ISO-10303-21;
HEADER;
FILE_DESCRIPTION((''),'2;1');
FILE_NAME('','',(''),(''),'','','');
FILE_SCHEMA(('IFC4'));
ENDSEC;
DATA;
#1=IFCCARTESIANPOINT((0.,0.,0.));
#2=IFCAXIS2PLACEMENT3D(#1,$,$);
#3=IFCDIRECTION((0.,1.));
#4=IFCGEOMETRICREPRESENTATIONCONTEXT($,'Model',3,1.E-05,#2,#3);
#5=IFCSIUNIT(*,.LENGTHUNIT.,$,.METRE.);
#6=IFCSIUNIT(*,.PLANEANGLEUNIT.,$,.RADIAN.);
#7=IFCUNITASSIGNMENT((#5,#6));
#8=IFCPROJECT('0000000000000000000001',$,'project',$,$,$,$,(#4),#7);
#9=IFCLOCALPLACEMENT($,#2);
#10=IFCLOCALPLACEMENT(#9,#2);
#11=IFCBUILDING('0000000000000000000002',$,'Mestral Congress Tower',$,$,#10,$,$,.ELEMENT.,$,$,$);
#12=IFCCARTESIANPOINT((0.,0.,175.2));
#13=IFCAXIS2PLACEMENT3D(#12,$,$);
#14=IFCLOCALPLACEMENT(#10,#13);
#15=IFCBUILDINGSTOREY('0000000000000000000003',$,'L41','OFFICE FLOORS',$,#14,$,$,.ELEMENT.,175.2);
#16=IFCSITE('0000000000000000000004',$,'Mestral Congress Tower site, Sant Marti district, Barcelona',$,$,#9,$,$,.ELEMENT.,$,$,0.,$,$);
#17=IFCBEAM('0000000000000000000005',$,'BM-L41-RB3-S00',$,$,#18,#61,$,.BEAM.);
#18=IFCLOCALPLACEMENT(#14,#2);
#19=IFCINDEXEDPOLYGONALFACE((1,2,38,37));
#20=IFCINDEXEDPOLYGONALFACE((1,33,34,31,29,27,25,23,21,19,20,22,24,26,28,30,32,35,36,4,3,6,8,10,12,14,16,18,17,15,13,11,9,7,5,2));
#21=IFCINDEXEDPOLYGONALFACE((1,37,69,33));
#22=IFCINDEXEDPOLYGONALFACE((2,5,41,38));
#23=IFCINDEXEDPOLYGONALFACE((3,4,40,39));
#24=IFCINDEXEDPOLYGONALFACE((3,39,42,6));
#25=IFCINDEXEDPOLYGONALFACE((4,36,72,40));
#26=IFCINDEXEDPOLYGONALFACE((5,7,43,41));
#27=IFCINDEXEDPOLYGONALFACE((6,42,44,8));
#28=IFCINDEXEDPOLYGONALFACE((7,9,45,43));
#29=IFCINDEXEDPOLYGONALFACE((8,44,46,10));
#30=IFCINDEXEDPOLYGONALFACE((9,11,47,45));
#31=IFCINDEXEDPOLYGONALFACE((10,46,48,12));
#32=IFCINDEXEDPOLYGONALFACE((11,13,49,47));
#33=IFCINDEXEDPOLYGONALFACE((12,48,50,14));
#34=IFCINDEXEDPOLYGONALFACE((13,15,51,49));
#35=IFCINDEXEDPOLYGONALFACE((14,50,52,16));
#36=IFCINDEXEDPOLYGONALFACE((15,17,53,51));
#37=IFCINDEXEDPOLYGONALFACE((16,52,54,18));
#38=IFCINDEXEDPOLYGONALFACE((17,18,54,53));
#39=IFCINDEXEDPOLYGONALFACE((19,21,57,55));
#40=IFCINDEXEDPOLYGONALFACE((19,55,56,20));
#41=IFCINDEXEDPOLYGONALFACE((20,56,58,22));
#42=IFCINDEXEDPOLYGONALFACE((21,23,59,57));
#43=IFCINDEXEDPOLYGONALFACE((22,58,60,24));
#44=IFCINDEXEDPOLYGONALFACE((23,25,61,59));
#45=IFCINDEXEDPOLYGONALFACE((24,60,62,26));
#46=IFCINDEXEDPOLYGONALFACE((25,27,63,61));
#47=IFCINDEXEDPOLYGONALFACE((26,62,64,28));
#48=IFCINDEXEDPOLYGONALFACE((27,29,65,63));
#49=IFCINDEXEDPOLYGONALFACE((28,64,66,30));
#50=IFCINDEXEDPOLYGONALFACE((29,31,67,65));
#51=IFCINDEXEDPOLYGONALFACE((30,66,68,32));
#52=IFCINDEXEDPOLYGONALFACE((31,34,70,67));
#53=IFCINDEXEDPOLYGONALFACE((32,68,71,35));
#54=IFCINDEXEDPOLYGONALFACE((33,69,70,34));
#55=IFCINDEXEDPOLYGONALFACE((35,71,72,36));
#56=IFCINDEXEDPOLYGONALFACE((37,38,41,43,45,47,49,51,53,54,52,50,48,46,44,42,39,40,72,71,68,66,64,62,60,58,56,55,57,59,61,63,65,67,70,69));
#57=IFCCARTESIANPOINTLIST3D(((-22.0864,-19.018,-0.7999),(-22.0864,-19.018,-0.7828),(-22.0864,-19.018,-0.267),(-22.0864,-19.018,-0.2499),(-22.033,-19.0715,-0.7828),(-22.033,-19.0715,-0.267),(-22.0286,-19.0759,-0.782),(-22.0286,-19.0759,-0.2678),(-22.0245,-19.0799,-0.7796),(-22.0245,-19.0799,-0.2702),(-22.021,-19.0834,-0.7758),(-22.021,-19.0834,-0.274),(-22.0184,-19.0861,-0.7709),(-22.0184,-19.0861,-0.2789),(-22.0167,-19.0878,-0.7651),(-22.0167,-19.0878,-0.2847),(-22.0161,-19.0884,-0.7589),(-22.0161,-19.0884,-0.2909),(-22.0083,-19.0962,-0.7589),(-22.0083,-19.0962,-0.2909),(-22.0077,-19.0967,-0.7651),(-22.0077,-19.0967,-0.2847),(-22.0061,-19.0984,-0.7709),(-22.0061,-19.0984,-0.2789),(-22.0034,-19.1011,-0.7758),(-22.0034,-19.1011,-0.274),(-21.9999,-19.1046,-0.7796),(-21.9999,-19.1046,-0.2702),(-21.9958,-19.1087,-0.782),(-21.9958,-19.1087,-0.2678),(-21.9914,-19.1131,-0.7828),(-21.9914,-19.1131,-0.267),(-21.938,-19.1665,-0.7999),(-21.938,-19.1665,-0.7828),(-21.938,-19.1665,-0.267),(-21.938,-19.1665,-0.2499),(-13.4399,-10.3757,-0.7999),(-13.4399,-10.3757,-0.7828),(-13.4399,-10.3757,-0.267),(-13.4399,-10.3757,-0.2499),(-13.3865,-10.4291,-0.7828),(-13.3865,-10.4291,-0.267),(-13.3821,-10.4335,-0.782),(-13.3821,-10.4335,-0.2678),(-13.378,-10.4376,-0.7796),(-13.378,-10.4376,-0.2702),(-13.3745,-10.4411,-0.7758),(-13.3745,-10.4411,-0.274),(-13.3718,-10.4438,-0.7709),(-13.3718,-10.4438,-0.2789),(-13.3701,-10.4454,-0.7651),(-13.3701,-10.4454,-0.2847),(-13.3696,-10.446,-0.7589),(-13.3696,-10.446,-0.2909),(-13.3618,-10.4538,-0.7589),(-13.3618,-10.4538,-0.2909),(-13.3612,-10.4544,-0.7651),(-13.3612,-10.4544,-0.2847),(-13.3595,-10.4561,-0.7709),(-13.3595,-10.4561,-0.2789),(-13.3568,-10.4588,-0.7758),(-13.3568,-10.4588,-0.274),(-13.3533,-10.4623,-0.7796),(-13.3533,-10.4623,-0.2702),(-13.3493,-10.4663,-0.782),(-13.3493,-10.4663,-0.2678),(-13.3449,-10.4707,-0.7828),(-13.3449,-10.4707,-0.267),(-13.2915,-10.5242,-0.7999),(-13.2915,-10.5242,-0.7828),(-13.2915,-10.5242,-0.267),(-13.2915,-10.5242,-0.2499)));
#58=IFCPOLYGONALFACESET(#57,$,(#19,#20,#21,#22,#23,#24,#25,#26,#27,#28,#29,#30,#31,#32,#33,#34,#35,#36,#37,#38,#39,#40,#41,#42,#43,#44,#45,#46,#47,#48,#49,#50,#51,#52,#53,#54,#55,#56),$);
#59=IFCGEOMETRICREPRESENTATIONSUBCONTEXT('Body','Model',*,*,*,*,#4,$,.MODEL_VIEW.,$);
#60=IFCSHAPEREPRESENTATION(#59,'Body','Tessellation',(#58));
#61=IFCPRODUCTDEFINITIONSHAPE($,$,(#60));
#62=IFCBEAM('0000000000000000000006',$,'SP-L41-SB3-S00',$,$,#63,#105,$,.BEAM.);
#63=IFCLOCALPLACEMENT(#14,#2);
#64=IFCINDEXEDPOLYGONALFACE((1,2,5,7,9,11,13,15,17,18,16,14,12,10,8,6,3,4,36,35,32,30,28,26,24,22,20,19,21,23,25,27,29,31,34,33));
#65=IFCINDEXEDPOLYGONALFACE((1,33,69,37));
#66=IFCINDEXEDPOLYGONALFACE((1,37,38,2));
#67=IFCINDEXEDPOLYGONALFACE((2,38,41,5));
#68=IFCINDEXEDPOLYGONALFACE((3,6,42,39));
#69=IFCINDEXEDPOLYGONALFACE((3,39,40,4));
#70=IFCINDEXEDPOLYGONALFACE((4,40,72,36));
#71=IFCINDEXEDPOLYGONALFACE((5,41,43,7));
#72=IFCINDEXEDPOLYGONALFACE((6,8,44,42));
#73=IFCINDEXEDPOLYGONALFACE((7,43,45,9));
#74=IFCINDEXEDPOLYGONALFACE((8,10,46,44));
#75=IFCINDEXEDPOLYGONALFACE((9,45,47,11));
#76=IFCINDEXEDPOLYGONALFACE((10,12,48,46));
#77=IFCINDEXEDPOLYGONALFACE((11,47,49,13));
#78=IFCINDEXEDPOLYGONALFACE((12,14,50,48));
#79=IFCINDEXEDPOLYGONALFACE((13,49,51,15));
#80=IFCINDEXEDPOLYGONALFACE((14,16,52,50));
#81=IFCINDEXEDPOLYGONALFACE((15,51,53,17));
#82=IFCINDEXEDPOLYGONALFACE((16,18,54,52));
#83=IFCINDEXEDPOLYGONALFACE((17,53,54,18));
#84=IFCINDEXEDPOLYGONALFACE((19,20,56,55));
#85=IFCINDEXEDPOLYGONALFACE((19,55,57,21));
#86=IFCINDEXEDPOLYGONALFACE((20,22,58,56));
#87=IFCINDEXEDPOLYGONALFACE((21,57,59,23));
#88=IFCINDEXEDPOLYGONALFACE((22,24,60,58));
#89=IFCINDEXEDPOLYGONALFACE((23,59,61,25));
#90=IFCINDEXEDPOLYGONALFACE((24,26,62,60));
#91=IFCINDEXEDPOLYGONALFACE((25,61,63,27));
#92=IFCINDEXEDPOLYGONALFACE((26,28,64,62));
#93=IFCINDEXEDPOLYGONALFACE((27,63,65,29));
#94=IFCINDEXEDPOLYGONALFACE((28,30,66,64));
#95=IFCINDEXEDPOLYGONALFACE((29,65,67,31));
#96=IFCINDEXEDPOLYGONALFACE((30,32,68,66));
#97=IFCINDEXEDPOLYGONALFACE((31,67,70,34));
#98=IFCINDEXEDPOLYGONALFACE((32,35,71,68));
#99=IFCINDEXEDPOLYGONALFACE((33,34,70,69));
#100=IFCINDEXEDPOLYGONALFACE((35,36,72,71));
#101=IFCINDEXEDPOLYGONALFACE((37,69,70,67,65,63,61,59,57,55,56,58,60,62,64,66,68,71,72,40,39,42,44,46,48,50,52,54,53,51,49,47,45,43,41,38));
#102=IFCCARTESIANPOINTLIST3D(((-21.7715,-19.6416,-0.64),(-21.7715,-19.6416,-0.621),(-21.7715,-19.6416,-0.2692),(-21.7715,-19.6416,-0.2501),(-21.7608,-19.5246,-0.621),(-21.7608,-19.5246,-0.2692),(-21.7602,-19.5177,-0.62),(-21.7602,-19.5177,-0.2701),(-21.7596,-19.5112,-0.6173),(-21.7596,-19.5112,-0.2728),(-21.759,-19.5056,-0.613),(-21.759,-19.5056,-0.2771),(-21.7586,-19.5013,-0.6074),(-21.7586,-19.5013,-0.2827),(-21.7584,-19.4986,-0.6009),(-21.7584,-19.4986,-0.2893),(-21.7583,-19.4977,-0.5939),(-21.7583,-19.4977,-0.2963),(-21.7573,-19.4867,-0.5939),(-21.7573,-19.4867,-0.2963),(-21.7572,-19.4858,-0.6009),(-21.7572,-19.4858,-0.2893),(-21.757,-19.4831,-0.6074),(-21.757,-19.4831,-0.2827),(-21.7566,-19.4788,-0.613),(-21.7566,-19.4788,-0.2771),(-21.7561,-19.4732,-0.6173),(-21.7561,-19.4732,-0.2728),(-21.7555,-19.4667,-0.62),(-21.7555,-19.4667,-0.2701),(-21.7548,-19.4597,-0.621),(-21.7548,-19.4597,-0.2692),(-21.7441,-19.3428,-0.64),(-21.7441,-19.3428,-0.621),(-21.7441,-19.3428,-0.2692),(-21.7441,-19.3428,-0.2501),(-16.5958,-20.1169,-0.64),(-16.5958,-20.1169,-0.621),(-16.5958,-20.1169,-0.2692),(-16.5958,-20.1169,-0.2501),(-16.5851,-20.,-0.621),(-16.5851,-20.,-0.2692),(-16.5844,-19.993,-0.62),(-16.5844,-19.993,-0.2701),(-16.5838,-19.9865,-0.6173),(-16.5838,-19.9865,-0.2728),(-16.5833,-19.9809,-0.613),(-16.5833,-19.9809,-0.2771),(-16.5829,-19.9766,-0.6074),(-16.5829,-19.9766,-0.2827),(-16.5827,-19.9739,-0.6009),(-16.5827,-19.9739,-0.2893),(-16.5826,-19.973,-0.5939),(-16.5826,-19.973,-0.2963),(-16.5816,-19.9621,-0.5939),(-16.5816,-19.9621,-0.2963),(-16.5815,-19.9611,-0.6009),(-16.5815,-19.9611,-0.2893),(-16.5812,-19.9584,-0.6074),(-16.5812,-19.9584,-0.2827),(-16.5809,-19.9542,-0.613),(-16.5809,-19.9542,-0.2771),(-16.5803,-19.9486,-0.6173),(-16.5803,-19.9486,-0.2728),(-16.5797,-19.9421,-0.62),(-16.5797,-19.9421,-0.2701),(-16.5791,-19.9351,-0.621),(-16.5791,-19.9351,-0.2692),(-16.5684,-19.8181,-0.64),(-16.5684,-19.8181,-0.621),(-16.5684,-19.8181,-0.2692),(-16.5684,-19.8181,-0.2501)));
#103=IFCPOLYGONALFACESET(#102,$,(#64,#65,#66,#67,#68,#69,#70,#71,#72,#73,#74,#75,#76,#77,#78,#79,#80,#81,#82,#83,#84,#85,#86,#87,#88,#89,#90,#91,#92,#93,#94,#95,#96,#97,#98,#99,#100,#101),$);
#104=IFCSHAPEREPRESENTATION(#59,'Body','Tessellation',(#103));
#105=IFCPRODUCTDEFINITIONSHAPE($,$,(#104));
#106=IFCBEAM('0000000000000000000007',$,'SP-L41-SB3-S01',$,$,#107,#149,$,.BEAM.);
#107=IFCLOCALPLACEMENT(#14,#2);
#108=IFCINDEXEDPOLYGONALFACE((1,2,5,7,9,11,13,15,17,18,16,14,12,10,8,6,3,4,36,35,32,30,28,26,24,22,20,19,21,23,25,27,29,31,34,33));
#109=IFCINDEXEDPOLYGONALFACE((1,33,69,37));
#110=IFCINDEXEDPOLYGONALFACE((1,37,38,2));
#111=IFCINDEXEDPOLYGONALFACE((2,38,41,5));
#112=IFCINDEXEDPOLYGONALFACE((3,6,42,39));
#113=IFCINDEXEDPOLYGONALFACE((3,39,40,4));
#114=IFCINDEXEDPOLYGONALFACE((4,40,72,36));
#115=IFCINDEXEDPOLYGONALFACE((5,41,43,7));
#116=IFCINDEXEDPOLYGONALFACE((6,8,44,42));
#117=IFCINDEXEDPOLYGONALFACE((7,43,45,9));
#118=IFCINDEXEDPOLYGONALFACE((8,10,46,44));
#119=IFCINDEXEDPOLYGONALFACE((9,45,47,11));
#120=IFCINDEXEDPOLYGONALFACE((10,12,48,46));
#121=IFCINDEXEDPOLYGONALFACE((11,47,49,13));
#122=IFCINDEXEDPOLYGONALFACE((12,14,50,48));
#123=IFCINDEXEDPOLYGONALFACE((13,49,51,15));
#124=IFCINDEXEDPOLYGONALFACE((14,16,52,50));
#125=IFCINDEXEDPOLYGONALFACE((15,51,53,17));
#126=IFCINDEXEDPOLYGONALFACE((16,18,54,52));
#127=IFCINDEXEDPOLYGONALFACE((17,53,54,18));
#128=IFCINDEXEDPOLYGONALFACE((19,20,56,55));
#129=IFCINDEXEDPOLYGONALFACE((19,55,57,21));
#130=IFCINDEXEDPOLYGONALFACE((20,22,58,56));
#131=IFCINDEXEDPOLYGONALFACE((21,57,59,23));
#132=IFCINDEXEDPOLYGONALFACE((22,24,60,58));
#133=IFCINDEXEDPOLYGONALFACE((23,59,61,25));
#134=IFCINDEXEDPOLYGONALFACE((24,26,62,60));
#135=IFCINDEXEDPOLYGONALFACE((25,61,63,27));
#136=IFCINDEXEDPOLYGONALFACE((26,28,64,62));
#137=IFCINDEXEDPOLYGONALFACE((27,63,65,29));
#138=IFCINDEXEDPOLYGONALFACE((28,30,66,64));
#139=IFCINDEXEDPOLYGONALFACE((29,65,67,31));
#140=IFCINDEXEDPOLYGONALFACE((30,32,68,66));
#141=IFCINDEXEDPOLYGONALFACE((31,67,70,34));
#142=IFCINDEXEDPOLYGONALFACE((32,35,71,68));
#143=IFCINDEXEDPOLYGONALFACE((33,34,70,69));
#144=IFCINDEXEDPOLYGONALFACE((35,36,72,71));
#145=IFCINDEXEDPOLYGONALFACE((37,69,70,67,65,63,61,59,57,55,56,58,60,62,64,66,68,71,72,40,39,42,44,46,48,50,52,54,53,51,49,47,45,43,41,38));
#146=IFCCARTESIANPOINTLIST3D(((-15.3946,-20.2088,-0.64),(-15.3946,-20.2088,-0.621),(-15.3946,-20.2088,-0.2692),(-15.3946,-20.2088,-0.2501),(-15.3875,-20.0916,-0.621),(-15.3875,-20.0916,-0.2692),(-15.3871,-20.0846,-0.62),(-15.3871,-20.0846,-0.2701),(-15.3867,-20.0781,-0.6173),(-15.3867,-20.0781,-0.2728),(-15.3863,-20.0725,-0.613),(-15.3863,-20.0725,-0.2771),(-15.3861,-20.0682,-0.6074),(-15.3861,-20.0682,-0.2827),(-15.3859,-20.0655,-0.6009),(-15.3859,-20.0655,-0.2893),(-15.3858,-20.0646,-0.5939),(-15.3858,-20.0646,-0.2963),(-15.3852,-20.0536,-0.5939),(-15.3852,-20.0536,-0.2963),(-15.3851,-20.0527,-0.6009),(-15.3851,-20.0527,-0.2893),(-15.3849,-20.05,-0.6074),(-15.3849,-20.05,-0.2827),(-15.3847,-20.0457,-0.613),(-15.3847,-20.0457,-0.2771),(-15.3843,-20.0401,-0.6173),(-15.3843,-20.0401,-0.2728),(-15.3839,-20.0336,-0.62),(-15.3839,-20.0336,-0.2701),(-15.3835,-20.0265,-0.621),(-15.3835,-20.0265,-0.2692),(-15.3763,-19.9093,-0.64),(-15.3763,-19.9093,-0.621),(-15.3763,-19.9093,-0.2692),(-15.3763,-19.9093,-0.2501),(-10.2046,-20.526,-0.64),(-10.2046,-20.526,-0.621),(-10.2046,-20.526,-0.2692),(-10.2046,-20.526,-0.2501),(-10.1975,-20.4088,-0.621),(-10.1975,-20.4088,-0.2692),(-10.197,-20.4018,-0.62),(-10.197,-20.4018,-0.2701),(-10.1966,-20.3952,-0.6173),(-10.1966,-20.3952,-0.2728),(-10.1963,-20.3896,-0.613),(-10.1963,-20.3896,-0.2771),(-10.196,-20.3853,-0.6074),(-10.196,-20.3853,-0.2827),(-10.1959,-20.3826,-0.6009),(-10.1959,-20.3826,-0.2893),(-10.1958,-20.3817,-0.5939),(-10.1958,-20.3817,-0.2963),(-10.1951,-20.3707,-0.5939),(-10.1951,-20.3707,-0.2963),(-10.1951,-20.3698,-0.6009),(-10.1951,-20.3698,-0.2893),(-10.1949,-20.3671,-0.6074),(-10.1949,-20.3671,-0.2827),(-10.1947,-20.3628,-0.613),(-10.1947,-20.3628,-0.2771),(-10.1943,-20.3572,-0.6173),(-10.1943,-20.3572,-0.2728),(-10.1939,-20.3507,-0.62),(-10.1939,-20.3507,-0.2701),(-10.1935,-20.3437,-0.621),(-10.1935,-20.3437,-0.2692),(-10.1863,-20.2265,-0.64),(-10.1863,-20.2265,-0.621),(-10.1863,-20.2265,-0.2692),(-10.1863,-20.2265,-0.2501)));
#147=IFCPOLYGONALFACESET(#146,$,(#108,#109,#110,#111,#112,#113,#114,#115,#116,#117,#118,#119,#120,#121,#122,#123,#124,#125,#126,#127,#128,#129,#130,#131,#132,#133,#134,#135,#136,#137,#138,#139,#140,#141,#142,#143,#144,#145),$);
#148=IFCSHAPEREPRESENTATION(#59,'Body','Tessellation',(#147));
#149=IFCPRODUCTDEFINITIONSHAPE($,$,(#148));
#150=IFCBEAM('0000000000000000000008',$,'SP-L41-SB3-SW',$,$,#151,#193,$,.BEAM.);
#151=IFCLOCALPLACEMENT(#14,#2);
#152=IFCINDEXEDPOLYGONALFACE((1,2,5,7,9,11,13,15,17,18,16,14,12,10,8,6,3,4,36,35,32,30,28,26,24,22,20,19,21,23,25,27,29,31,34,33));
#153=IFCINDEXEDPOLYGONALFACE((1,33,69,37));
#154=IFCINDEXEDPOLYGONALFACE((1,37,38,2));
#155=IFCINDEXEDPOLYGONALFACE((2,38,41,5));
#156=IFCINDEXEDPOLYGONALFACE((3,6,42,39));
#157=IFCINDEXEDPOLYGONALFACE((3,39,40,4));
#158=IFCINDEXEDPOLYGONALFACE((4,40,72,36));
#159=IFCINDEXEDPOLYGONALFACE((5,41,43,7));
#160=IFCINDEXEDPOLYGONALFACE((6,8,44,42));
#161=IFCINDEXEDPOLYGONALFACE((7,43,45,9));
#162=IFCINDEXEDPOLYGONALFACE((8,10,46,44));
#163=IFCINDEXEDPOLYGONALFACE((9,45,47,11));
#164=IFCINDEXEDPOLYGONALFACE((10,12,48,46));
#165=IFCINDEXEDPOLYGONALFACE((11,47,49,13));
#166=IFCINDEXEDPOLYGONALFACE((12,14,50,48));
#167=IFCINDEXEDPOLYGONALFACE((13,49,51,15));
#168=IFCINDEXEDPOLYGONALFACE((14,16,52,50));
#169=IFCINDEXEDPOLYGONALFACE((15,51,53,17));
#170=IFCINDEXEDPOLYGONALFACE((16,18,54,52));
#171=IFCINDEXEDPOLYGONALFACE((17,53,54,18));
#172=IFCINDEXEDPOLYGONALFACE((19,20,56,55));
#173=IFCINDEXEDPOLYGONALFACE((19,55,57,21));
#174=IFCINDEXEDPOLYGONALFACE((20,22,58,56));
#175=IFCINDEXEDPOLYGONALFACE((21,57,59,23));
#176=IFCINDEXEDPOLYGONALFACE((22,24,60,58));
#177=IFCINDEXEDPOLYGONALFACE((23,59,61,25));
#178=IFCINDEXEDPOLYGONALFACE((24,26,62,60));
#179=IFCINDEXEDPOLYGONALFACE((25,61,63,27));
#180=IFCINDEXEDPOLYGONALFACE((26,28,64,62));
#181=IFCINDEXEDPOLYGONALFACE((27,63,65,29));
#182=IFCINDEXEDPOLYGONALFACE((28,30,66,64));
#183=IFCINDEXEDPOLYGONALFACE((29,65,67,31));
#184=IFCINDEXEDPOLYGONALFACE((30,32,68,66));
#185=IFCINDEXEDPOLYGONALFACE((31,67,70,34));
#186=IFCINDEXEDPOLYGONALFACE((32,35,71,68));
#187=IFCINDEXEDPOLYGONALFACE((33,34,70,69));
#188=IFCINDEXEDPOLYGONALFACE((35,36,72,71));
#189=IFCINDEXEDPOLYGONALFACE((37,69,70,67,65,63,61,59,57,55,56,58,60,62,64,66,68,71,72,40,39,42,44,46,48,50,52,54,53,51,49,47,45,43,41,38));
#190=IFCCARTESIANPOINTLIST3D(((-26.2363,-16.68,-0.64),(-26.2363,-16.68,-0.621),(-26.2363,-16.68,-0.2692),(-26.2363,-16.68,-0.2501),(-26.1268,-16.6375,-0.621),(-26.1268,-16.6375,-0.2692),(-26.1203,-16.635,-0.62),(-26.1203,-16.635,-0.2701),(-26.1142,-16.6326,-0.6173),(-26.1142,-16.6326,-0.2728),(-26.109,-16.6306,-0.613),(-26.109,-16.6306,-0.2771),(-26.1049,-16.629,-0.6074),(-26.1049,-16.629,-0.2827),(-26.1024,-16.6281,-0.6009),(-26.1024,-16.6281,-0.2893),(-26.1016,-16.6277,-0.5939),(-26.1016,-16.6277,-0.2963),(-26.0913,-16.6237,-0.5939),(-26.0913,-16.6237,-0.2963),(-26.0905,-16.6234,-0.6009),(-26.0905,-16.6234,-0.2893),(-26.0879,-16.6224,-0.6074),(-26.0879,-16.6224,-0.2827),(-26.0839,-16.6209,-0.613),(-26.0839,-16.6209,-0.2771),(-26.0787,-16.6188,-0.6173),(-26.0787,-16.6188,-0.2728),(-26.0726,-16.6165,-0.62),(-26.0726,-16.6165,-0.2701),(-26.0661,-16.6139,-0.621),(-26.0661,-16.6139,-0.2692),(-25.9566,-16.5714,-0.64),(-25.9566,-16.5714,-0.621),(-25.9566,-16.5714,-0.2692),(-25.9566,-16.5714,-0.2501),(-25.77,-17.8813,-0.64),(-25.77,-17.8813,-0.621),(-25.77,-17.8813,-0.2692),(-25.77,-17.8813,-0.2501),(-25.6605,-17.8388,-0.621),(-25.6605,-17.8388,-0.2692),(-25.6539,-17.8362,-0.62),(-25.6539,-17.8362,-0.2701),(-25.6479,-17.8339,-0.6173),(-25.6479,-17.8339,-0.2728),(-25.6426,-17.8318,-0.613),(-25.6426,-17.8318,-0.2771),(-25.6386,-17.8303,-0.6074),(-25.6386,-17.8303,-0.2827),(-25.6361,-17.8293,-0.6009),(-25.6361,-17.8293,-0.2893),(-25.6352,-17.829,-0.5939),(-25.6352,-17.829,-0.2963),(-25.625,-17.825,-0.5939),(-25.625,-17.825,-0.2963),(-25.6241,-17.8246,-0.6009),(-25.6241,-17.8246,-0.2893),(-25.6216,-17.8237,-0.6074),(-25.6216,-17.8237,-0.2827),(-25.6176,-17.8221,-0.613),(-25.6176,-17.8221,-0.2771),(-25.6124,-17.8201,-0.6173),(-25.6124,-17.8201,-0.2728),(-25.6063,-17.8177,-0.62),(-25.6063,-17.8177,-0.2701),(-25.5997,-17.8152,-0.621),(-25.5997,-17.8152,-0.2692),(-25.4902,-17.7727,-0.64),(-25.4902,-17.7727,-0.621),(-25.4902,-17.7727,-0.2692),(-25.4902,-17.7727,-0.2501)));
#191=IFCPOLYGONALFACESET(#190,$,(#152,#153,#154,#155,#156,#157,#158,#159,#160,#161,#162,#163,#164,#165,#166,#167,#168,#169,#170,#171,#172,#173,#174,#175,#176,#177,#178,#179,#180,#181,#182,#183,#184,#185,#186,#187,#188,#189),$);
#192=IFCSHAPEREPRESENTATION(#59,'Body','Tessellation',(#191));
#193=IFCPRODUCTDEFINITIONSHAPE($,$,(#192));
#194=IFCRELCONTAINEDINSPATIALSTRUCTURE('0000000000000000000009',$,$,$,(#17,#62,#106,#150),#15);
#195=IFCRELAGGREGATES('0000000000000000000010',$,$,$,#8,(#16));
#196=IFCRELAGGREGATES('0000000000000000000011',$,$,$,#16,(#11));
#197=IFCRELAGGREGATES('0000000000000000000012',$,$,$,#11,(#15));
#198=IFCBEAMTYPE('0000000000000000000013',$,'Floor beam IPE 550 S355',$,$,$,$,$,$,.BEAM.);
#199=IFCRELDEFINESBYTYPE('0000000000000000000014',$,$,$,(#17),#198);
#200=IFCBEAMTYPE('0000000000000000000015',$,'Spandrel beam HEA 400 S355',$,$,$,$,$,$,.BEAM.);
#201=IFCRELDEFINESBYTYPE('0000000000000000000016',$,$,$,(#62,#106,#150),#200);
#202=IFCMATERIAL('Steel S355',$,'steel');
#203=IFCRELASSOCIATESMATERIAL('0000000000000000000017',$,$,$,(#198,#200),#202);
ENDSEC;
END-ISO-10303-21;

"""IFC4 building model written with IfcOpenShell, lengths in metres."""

from ifc_helpers import new_model, si_unit, direction, frame, origin, origin_2d, place, context, subcontext, project, spatial, i_section, extrude, material, material_profile, profile_set, type_object, element, save


model = new_model("IFC4")

# Units and contexts
model_context = context("Model", 3, precision=1e-05, world=origin(), true_north=direction((0.0, 1.0)))
body_context = subcontext(model_context, "Body", "Model", "MODEL_VIEW")
ifc_project = project(units=[si_unit("LENGTHUNIT", "METRE"), si_unit("PLANEANGLEUNIT", "RADIAN")], contexts=[model_context])

# Site, building, storey
site_placement = place(None, origin())
site = spatial("IfcSite", under=ifc_project, at=site_placement, Name="Mestral Congress Tower site, Sant Marti district, Barcelona", CompositionType="ELEMENT", RefElevation=0.0)
building_placement = place(site_placement, origin())
building = spatial("IfcBuilding", under=site, at=building_placement, Name="Mestral Congress Tower", CompositionType="ELEMENT")
storey_placement = place(building_placement, frame((0.0, 0.0, 175.2)))
storey = spatial("IfcBuildingStorey", under=building, at=storey_placement, Name="L41", Description="OFFICE FLOORS", CompositionType="ELEMENT", Elevation=175.2)

# Beams
ifc_material_1 = material(Name="Steel S355", Category="steel")
ifc_material_profile_1 = material_profile(ifc_material_1, i_section(OverallWidth=0.21, OverallDepth=0.55, WebThickness=0.011, FlangeThickness=0.0171, FilletRadius=0.0239, at=origin_2d()), Name="IPE 550")
ifc_profile_set_1 = profile_set([ifc_material_profile_1], Name="Steel S355")
beam_type_1 = type_object("IfcBeamType", Name="Floor beam IPE 550 S355", PredefinedType="BEAM", material=ifc_profile_set_1)
beam_1_placement = place(storey_placement, frame((-22.0122, -19.0923, -0.5249), z_axis=(0.707277, 0.706937, 0.0), x_axis=(-0.706937, 0.707277, 0.0)))
element("IfcBeam", 1, at=beam_1_placement, inside=storey, type_object=beam_type_1, Name="BM-L41-RB3-S00", PredefinedType="BEAM", context=body_context, shape_type="SweptSolid", body=[
    extrude(i_section(OverallWidth=0.21, OverallDepth=0.55, WebThickness=0.011, FlangeThickness=0.0171, FilletRadius=0.0239, at=origin_2d()), origin(), (0.0, 0.0, 1.0), 12.2251),
])
ifc_material_profile_2 = material_profile(ifc_material_1, i_section(OverallWidth=0.3, OverallDepth=0.3899, WebThickness=0.011, FlangeThickness=0.019, FilletRadius=0.0271, at=origin_2d()), Name="HEA 400")
ifc_profile_set_2 = profile_set([ifc_material_profile_2], Name="Steel S355")
beam_type_2 = type_object("IfcBeamType", Name="Spandrel beam HEA 400 S355", PredefinedType="BEAM", material=ifc_profile_set_2)
beam_2_placement = place(storey_placement, frame((-21.7578, -19.4922, -0.4451), z_axis=(0.995809, -0.091455, 0.0), x_axis=(0.091455, 0.995809, 0.0)))
element("IfcBeam", 2, at=beam_2_placement, inside=storey, type_object=beam_type_2, Name="SP-L41-SB3-S00", PredefinedType="BEAM", context=body_context, shape_type="SweptSolid", body=[
    extrude(i_section(OverallWidth=0.3, OverallDepth=0.3899, WebThickness=0.011, FlangeThickness=0.019, FilletRadius=0.0271, at=origin_2d()), origin(), (0.0, 0.0, 1.0), 5.1975),
])
beam_3_placement = place(storey_placement, frame((-15.3855, -20.0591, -0.4451), z_axis=(0.998138, -0.060993, 0.0), x_axis=(0.060993, 0.998138, 0.0)))
element("IfcBeam", 3, at=beam_3_placement, inside=storey, type_object=beam_type_2, Name="SP-L41-SB3-S01", PredefinedType="BEAM", context=body_context, shape_type="SweptSolid", body=[
    extrude(i_section(OverallWidth=0.3, OverallDepth=0.3899, WebThickness=0.011, FlangeThickness=0.019, FilletRadius=0.0271, at=origin_2d()), origin(), (0.0, 0.0, 1.0), 5.1997),
])
beam_4_placement = place(storey_placement, frame((-26.0964, -16.6257, -0.4451), z_axis=(0.361898, -0.932218, 0.0), x_axis=(0.932218, 0.361898, 0.0)))
element("IfcBeam", 4, at=beam_4_placement, inside=storey, type_object=beam_type_2, Name="SP-L41-SB3-SW", PredefinedType="BEAM", context=body_context, shape_type="SweptSolid", body=[
    extrude(i_section(OverallWidth=0.3, OverallDepth=0.3899, WebThickness=0.011, FlangeThickness=0.019, FilletRadius=0.0271, at=origin_2d()), origin(), (0.0, 0.0, 1.0), 1.2886),
])

save(model, "model.ifc")
